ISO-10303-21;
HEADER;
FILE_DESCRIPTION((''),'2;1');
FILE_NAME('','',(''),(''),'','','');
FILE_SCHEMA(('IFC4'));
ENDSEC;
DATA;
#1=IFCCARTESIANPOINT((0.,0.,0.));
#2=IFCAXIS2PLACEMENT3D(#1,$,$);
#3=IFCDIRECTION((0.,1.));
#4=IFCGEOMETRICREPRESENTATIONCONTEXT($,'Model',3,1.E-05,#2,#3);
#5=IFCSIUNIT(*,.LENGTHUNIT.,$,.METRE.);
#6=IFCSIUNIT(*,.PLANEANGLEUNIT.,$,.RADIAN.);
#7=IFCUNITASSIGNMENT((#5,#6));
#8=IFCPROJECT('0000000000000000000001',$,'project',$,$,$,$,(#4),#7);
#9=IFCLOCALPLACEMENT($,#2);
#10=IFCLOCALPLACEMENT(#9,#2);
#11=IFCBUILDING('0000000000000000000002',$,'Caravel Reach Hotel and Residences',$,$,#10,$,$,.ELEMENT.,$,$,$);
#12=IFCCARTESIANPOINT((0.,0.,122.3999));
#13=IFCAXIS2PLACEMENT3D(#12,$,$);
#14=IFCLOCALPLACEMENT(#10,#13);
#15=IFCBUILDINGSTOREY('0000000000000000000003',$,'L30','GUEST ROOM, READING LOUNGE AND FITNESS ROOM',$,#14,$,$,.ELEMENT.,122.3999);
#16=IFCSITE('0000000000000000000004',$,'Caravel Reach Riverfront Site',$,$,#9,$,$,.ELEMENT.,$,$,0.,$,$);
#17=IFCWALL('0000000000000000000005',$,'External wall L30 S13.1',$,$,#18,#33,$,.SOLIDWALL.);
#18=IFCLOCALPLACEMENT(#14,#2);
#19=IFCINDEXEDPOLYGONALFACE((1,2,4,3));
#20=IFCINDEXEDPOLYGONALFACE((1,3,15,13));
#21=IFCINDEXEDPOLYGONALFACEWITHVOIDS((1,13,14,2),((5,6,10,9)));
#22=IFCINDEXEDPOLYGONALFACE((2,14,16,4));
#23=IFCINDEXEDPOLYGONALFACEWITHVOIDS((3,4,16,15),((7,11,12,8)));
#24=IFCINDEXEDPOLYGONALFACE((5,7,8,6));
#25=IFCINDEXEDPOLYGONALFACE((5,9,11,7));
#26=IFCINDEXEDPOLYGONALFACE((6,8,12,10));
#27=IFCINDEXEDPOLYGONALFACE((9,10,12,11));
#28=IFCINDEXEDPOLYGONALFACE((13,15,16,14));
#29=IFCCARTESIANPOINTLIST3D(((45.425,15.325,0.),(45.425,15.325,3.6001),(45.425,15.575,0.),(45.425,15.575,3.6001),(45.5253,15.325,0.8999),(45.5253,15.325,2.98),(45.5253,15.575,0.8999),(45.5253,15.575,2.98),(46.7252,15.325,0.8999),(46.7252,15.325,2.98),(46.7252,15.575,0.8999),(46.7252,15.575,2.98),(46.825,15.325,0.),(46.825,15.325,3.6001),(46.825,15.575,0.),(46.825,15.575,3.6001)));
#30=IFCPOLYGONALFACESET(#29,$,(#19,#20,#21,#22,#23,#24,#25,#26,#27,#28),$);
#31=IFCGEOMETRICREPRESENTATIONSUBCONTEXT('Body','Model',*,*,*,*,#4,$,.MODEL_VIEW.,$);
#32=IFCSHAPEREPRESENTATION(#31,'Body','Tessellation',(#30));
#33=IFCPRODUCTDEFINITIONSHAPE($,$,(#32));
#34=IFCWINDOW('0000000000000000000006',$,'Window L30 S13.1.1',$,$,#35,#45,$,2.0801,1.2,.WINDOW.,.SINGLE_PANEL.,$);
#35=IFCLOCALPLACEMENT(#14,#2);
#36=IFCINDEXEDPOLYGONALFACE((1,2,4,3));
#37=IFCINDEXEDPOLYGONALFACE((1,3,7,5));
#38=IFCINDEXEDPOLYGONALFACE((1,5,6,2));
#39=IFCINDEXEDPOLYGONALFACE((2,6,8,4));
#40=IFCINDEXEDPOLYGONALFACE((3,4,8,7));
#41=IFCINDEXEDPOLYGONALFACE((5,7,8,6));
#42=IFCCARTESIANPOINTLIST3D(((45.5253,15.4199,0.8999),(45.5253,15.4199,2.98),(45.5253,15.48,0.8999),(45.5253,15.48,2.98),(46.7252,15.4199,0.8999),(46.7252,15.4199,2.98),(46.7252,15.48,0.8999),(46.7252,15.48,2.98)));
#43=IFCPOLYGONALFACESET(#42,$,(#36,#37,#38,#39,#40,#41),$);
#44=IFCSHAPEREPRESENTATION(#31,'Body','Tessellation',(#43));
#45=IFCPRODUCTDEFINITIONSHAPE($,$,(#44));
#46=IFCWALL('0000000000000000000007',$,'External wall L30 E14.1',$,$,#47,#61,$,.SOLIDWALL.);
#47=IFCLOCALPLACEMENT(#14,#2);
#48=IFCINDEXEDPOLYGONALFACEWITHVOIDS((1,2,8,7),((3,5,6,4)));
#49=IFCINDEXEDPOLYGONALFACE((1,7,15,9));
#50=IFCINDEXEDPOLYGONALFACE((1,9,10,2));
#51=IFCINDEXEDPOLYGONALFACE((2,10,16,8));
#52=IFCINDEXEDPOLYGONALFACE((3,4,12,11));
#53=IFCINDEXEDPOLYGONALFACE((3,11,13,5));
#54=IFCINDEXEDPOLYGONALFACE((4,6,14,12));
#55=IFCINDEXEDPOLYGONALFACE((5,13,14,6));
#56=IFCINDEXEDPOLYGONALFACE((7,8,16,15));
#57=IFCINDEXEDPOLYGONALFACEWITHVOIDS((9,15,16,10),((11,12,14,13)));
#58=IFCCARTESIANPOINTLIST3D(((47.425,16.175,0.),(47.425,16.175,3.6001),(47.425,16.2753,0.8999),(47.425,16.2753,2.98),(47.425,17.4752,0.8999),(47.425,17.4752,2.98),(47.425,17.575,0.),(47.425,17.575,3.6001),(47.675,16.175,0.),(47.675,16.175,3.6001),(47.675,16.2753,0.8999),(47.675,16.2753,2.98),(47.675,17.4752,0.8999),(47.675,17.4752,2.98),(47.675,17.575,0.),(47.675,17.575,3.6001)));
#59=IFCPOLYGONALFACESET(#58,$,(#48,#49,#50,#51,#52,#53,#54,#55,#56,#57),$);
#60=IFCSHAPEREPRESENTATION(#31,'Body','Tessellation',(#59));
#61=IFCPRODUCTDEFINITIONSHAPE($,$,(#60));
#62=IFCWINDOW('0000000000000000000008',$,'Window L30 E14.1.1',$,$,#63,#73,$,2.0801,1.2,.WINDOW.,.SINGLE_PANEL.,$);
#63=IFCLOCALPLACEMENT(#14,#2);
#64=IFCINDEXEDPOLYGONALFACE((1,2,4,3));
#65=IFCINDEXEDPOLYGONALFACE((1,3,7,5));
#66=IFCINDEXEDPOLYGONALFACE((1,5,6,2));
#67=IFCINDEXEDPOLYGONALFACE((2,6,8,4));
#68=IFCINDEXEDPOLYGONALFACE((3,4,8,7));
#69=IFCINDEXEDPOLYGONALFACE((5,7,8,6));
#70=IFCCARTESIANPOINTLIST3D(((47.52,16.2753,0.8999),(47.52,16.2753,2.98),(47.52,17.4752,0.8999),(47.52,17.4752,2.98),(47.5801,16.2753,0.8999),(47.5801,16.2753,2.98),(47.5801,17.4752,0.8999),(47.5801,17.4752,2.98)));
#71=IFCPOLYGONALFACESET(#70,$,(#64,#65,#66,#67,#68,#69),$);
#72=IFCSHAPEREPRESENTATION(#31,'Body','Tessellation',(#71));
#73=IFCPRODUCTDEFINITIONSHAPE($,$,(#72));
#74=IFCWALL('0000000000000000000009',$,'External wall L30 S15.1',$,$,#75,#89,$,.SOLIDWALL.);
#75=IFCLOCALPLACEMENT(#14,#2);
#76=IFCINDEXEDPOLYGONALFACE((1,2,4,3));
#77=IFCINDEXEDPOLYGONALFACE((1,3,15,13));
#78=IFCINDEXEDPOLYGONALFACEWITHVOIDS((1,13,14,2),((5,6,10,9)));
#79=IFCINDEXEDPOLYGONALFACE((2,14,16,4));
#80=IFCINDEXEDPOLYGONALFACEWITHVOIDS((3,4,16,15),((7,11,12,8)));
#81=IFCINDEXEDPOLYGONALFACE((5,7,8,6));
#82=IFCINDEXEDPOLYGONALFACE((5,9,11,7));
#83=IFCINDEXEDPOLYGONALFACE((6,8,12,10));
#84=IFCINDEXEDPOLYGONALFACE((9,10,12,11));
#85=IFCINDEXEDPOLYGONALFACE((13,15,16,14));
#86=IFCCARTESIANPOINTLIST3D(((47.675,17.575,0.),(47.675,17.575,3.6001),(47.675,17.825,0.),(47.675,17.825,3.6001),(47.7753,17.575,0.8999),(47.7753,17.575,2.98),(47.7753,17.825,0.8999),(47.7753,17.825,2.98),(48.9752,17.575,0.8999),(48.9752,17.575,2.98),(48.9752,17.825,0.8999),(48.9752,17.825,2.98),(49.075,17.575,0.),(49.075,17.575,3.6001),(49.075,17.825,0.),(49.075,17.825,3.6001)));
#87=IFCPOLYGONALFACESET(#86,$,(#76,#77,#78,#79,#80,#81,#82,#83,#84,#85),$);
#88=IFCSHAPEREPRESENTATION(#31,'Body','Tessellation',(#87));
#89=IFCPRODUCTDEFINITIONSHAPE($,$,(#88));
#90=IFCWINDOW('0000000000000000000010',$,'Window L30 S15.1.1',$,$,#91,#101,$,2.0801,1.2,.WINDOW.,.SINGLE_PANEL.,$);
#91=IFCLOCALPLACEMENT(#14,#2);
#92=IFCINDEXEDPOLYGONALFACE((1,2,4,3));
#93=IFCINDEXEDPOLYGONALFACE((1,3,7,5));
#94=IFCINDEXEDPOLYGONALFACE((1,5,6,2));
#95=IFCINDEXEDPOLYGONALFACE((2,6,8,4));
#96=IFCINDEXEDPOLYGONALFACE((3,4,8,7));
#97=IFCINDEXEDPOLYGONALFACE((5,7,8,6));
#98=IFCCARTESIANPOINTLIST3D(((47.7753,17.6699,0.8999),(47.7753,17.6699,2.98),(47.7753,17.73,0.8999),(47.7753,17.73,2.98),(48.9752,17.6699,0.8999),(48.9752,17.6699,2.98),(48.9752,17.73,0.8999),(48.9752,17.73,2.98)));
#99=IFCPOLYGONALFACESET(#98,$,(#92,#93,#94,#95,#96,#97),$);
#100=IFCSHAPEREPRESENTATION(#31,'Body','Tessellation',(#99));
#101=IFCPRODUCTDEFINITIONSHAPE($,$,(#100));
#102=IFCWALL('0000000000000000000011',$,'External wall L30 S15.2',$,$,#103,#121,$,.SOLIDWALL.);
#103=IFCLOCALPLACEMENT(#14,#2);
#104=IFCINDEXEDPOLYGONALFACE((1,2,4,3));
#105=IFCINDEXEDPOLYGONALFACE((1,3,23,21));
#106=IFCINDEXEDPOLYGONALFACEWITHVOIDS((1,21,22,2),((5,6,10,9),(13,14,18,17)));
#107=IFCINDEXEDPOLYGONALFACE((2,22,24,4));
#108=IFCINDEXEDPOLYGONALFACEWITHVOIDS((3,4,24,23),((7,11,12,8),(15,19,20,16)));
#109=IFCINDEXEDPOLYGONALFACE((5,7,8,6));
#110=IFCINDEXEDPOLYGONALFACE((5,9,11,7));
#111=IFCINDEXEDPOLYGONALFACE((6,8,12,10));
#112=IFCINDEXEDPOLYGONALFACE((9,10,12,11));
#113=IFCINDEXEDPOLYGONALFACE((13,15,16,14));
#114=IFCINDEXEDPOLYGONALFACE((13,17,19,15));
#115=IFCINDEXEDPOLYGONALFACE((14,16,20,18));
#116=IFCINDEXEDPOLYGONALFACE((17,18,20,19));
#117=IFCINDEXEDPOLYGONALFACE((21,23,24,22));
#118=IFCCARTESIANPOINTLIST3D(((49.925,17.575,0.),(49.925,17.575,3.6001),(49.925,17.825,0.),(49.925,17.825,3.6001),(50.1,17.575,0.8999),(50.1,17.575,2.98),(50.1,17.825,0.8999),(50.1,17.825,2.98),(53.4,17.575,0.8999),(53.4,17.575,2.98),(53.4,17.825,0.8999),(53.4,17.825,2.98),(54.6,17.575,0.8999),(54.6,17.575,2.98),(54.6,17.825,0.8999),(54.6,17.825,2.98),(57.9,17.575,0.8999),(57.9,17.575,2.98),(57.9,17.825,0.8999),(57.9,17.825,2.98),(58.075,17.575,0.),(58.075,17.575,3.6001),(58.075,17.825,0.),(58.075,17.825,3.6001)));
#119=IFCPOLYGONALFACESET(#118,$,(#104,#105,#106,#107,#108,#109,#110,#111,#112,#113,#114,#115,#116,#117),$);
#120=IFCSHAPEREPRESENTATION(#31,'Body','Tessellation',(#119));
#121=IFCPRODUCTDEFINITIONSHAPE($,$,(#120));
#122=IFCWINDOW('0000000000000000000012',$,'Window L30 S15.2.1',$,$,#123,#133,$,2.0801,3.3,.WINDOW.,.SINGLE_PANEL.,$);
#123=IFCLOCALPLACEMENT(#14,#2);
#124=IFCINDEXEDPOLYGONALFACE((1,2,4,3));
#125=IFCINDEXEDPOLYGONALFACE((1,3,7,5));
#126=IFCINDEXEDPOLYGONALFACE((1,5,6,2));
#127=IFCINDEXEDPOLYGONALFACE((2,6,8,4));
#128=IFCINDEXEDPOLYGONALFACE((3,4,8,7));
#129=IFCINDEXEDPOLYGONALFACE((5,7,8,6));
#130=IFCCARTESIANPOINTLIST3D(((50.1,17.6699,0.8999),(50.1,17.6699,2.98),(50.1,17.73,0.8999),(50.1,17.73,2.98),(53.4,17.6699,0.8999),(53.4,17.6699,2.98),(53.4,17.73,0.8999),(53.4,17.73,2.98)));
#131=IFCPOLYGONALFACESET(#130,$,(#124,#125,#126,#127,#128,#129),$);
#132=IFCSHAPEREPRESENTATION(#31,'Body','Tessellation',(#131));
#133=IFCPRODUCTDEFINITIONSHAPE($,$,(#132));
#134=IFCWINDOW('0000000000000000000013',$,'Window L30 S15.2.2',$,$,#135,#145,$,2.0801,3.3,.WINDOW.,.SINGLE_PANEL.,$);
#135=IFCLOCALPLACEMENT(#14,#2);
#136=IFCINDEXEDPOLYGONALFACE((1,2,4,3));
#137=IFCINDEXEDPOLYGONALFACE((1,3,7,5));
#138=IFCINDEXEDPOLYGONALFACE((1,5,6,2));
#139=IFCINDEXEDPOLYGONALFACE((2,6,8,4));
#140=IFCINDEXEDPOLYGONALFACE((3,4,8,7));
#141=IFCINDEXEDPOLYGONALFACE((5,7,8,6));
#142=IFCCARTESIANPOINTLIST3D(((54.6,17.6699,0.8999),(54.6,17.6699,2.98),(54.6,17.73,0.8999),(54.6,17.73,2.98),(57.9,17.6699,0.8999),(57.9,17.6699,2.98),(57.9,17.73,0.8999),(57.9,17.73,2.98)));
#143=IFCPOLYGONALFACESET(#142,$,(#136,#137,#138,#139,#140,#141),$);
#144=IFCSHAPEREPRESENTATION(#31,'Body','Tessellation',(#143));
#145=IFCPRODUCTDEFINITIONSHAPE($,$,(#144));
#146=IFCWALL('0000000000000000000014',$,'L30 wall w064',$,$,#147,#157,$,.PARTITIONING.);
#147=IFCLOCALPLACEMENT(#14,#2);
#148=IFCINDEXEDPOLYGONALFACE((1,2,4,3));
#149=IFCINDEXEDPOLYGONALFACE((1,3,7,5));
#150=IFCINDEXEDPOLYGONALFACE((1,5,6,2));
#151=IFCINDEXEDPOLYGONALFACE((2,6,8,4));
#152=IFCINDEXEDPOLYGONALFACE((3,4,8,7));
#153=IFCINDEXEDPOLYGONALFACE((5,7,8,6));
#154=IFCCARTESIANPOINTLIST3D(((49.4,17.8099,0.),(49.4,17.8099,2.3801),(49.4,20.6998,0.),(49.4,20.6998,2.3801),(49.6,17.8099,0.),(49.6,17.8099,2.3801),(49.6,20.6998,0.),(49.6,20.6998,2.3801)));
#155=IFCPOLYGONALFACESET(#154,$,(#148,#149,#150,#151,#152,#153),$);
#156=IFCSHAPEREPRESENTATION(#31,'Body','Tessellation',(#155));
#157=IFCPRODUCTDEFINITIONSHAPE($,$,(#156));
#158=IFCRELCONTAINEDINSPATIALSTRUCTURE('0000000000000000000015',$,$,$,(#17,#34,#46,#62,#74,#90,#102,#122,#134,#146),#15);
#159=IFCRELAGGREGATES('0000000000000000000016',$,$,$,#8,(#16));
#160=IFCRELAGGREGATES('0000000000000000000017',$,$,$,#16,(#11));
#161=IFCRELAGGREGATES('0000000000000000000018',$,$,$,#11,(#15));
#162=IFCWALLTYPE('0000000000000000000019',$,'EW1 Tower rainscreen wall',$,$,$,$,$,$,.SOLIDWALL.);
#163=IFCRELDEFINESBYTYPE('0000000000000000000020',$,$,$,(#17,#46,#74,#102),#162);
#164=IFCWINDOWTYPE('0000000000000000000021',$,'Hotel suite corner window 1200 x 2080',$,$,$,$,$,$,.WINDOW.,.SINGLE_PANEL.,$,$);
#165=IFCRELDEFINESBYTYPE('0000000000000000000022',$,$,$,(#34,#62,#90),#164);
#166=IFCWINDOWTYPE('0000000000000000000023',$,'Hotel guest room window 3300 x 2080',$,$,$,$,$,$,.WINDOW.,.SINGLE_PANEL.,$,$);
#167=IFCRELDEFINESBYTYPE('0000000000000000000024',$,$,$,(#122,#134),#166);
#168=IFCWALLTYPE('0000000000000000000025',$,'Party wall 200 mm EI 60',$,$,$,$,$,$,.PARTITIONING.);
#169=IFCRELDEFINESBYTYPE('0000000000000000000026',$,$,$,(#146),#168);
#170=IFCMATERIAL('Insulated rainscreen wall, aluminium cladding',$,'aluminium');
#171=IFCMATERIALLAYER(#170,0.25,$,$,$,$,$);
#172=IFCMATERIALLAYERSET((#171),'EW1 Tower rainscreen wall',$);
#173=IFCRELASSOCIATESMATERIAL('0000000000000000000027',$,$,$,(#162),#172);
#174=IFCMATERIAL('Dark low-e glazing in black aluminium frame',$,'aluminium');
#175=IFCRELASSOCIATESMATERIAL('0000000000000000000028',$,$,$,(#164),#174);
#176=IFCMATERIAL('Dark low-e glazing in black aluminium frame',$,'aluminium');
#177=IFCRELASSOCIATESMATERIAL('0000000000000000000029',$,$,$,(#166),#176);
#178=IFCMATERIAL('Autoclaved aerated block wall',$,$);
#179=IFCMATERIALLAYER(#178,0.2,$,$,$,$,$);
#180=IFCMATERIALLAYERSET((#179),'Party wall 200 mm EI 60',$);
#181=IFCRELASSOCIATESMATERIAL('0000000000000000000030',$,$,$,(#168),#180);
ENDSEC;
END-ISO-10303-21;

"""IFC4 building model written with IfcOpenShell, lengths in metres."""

from ifc_helpers import new_model, si_unit, direction, frame, frame_2d, origin, place, context, subcontext, project, spatial, rectangle, extrude, material, layer, layer_set, type_object, element, fill, save


model = new_model("IFC4")

# Units and contexts
model_context = context("Model", 3, precision=1e-05, world=origin(), true_north=direction((0.0, 1.0)))
body_context = subcontext(model_context, "Body", "Model", "MODEL_VIEW")
ifc_project = project(units=[si_unit("LENGTHUNIT", "METRE"), si_unit("PLANEANGLEUNIT", "RADIAN")], contexts=[model_context])

# Site, building, storey
site_placement = place(None, origin())
site = spatial("IfcSite", under=ifc_project, at=site_placement, Name="Caravel Reach Riverfront Site", CompositionType="ELEMENT", RefElevation=0.0)
building_placement = place(site_placement, origin())
building = spatial("IfcBuilding", under=site, at=building_placement, Name="Caravel Reach Hotel and Residences", CompositionType="ELEMENT")
storey_placement = place(building_placement, frame((0.0, 0.0, 122.3999)))
storey = spatial("IfcBuildingStorey", under=building, at=storey_placement, Name="L30", Description="GUEST ROOM, READING LOUNGE AND FITNESS ROOM", CompositionType="ELEMENT", Elevation=122.3999)

# Walls, openings, windows
ifc_material_1 = material(Name="Insulated rainscreen wall, aluminium cladding", Category="aluminium")
ifc_layer_1 = layer(ifc_material_1, 0.25)
ifc_layer_set_1 = layer_set([ifc_layer_1], Name="EW1 Tower rainscreen wall")
wall_type_1 = type_object("IfcWallType", Name="EW1 Tower rainscreen wall", PredefinedType="SOLIDWALL", material=ifc_layer_set_1)
ifc_material_2 = material(Name="Dark low-e glazing in black aluminium frame", Category="aluminium")
window_type_1 = type_object("IfcWindowType", Name="Hotel suite corner window 1200 x 2080", PartitioningType="SINGLE_PANEL", PredefinedType="WINDOW", material=ifc_material_2)
wall_1_placement = place(storey_placement, frame((45.425, 15.45, 0.0), z_axis=(0.0, 0.0, 1.0), x_axis=(1.0, 0.0, 0.0)))
wall_1 = element("IfcWall", 1, at=wall_1_placement, inside=storey, type_object=wall_type_1, Name="External wall L30 S13.1", PredefinedType="SOLIDWALL", context=body_context, shape_type="SweptSolid", body=[
    extrude(rectangle(XDim=1.3999, YDim=0.25, at=frame_2d((0.7, 0.0))), origin(), (0.0, 0.0, 1.0), 3.6001),
])
opening_1_placement = place(wall_1_placement, frame((0.1001, 0.0, 0.8999)))
opening_1 = element("IfcOpeningElement", 2, at=opening_1_placement, cuts=wall_1, PredefinedType="OPENING", context=body_context, shape_type="SweptSolid", body=[
    extrude(rectangle(XDim=1.2, YDim=2.0801, at=frame_2d((0.6001, 1.04))), frame((0.0, 0.135, 0.0), z_axis=(0.0, -1.0, 0.0), x_axis=(1.0, 0.0, 0.0)), (0.0, 0.0, 1.0), 0.27),
])
window_1_placement = place(opening_1_placement, origin())
window_1 = element("IfcWindow", 3, at=window_1_placement, inside=storey, type_object=window_type_1, Name="Window L30 S13.1.1", OverallHeight=2.0801, OverallWidth=1.2, PartitioningType="SINGLE_PANEL", PredefinedType="WINDOW", context=body_context, shape_type="SweptSolid", body=[
    extrude(rectangle(XDim=1.2, YDim=2.0801, at=frame_2d((0.6001, 1.04))), frame((0.0, 0.03, 0.0), z_axis=(0.0, -1.0, 0.0), x_axis=(1.0, 0.0, 0.0)), (0.0, 0.0, 1.0), 0.0601),
])
fill(opening_1, window_1)
wall_2_placement = place(storey_placement, frame((47.55, 16.175, 0.0), z_axis=(0.0, 0.0, 1.0), x_axis=(0.0, 1.0, 0.0)))
wall_2 = element("IfcWall", 4, at=wall_2_placement, inside=storey, type_object=wall_type_1, Name="External wall L30 E14.1", PredefinedType="SOLIDWALL", context=body_context, shape_type="SweptSolid", body=[
    extrude(rectangle(XDim=1.3999, YDim=0.25, at=frame_2d((0.7, 0.0))), origin(), (0.0, 0.0, 1.0), 3.6001),
])
opening_2_placement = place(wall_2_placement, frame((0.1001, 0.0, 0.8999)))
opening_2 = element("IfcOpeningElement", 5, at=opening_2_placement, cuts=wall_2, PredefinedType="OPENING", context=body_context, shape_type="SweptSolid", body=[
    extrude(rectangle(XDim=1.2, YDim=2.0801, at=frame_2d((0.6001, 1.04))), frame((0.0, 0.135, 0.0), z_axis=(0.0, -1.0, 0.0), x_axis=(1.0, 0.0, 0.0)), (0.0, 0.0, 1.0), 0.27),
])
window_2_placement = place(opening_2_placement, origin())
window_2 = element("IfcWindow", 6, at=window_2_placement, inside=storey, type_object=window_type_1, Name="Window L30 E14.1.1", OverallHeight=2.0801, OverallWidth=1.2, PartitioningType="SINGLE_PANEL", PredefinedType="WINDOW", context=body_context, shape_type="SweptSolid", body=[
    extrude(rectangle(XDim=1.2, YDim=2.0801, at=frame_2d((0.6001, 1.04))), frame((0.0, 0.03, 0.0), z_axis=(0.0, -1.0, 0.0), x_axis=(1.0, 0.0, 0.0)), (0.0, 0.0, 1.0), 0.0601),
])
fill(opening_2, window_2)
wall_3_placement = place(storey_placement, frame((47.675, 17.7, 0.0), z_axis=(0.0, 0.0, 1.0), x_axis=(1.0, 0.0, 0.0)))
wall_3 = element("IfcWall", 7, at=wall_3_placement, inside=storey, type_object=wall_type_1, Name="External wall L30 S15.1", PredefinedType="SOLIDWALL", context=body_context, shape_type="SweptSolid", body=[
    extrude(rectangle(XDim=1.3999, YDim=0.25, at=frame_2d((0.7, 0.0))), origin(), (0.0, 0.0, 1.0), 3.6001),
])
opening_3_placement = place(wall_3_placement, frame((0.1001, 0.0, 0.8999)))
opening_3 = element("IfcOpeningElement", 8, at=opening_3_placement, cuts=wall_3, PredefinedType="OPENING", context=body_context, shape_type="SweptSolid", body=[
    extrude(rectangle(XDim=1.2, YDim=2.0801, at=frame_2d((0.6001, 1.04))), frame((0.0, 0.135, 0.0), z_axis=(0.0, -1.0, 0.0), x_axis=(1.0, 0.0, 0.0)), (0.0, 0.0, 1.0), 0.27),
])
window_3_placement = place(opening_3_placement, origin())
window_3 = element("IfcWindow", 9, at=window_3_placement, inside=storey, type_object=window_type_1, Name="Window L30 S15.1.1", OverallHeight=2.0801, OverallWidth=1.2, PartitioningType="SINGLE_PANEL", PredefinedType="WINDOW", context=body_context, shape_type="SweptSolid", body=[
    extrude(rectangle(XDim=1.2, YDim=2.0801, at=frame_2d((0.6001, 1.04))), frame((0.0, 0.03, 0.0), z_axis=(0.0, -1.0, 0.0), x_axis=(1.0, 0.0, 0.0)), (0.0, 0.0, 1.0), 0.0601),
])
fill(opening_3, window_3)

# Wall, openings, windows
wall_4_placement = place(storey_placement, frame((49.925, 17.7, 0.0), z_axis=(0.0, 0.0, 1.0), x_axis=(1.0, 0.0, 0.0)))
wall_4 = element("IfcWall", 10, at=wall_4_placement, inside=storey, type_object=wall_type_1, Name="External wall L30 S15.2", PredefinedType="SOLIDWALL", context=body_context, shape_type="SweptSolid", body=[
    extrude(rectangle(XDim=8.1499, YDim=0.25, at=frame_2d((4.075, 0.0))), origin(), (0.0, 0.0, 1.0), 3.6001),
])
opening_4_placement = place(wall_4_placement, frame((0.175, 0.0, 0.8999)))
opening_4 = element("IfcOpeningElement", 11, at=opening_4_placement, cuts=wall_4, PredefinedType="OPENING", context=body_context, shape_type="SweptSolid", body=[
    extrude(rectangle(XDim=3.3, YDim=2.0801, at=frame_2d((1.6499, 1.04))), frame((0.0, 0.135, 0.0), z_axis=(0.0, -1.0, 0.0), x_axis=(1.0, 0.0, 0.0)), (0.0, 0.0, 1.0), 0.27),
])
opening_5_placement = place(wall_4_placement, frame((4.675, 0.0, 0.8999)))
opening_5 = element("IfcOpeningElement", 12, at=opening_5_placement, cuts=wall_4, PredefinedType="OPENING", context=body_context, shape_type="SweptSolid", body=[
    extrude(rectangle(XDim=3.3, YDim=2.0801, at=frame_2d((1.6499, 1.04))), frame((0.0, 0.135, 0.0), z_axis=(0.0, -1.0, 0.0), x_axis=(1.0, 0.0, 0.0)), (0.0, 0.0, 1.0), 0.27),
])
ifc_material_3 = material(Name="Dark low-e glazing in black aluminium frame", Category="aluminium")
window_type_2 = type_object("IfcWindowType", Name="Hotel guest room window 3300 x 2080", PartitioningType="SINGLE_PANEL", PredefinedType="WINDOW", material=ifc_material_3)
window_4_placement = place(opening_4_placement, origin())
window_4 = element("IfcWindow", 13, at=window_4_placement, inside=storey, type_object=window_type_2, Name="Window L30 S15.2.1", OverallHeight=2.0801, OverallWidth=3.3, PartitioningType="SINGLE_PANEL", PredefinedType="WINDOW", context=body_context, shape_type="SweptSolid", body=[
    extrude(rectangle(XDim=3.3, YDim=2.0801, at=frame_2d((1.6499, 1.04))), frame((0.0, 0.03, 0.0), z_axis=(0.0, -1.0, 0.0), x_axis=(1.0, 0.0, 0.0)), (0.0, 0.0, 1.0), 0.0601),
])
fill(opening_4, window_4)
window_5_placement = place(opening_5_placement, origin())
window_5 = element("IfcWindow", 14, at=window_5_placement, inside=storey, type_object=window_type_2, Name="Window L30 S15.2.2", OverallHeight=2.0801, OverallWidth=3.3, PartitioningType="SINGLE_PANEL", PredefinedType="WINDOW", context=body_context, shape_type="SweptSolid", body=[
    extrude(rectangle(XDim=3.3, YDim=2.0801, at=frame_2d((1.6499, 1.04))), frame((0.0, 0.03, 0.0), z_axis=(0.0, -1.0, 0.0), x_axis=(1.0, 0.0, 0.0)), (0.0, 0.0, 1.0), 0.0601),
])
fill(opening_5, window_5)

# Wall
ifc_material_4 = material(Name="Autoclaved aerated block wall")
ifc_layer_2 = layer(ifc_material_4, 0.2)
ifc_layer_set_2 = layer_set([ifc_layer_2], Name="Party wall 200 mm EI 60")
wall_type_2 = type_object("IfcWallType", Name="Party wall 200 mm EI 60", PredefinedType="PARTITIONING", material=ifc_layer_set_2)
wall_5_placement = place(storey_placement, frame((49.5, 17.8101, 0.0), z_axis=(0.0, 0.0, 1.0), x_axis=(0.0, 1.0, 0.0)))
element("IfcWall", 15, at=wall_5_placement, inside=storey, type_object=wall_type_2, Name="L30 wall w064", PredefinedType="PARTITIONING", context=body_context, shape_type="SweptSolid", body=[
    extrude(rectangle(XDim=2.8899, YDim=0.2, at=frame_2d((1.4448, 0.0))), origin(), (0.0, 0.0, 1.0), 2.3801),
])

save(model, "model.ifc")
